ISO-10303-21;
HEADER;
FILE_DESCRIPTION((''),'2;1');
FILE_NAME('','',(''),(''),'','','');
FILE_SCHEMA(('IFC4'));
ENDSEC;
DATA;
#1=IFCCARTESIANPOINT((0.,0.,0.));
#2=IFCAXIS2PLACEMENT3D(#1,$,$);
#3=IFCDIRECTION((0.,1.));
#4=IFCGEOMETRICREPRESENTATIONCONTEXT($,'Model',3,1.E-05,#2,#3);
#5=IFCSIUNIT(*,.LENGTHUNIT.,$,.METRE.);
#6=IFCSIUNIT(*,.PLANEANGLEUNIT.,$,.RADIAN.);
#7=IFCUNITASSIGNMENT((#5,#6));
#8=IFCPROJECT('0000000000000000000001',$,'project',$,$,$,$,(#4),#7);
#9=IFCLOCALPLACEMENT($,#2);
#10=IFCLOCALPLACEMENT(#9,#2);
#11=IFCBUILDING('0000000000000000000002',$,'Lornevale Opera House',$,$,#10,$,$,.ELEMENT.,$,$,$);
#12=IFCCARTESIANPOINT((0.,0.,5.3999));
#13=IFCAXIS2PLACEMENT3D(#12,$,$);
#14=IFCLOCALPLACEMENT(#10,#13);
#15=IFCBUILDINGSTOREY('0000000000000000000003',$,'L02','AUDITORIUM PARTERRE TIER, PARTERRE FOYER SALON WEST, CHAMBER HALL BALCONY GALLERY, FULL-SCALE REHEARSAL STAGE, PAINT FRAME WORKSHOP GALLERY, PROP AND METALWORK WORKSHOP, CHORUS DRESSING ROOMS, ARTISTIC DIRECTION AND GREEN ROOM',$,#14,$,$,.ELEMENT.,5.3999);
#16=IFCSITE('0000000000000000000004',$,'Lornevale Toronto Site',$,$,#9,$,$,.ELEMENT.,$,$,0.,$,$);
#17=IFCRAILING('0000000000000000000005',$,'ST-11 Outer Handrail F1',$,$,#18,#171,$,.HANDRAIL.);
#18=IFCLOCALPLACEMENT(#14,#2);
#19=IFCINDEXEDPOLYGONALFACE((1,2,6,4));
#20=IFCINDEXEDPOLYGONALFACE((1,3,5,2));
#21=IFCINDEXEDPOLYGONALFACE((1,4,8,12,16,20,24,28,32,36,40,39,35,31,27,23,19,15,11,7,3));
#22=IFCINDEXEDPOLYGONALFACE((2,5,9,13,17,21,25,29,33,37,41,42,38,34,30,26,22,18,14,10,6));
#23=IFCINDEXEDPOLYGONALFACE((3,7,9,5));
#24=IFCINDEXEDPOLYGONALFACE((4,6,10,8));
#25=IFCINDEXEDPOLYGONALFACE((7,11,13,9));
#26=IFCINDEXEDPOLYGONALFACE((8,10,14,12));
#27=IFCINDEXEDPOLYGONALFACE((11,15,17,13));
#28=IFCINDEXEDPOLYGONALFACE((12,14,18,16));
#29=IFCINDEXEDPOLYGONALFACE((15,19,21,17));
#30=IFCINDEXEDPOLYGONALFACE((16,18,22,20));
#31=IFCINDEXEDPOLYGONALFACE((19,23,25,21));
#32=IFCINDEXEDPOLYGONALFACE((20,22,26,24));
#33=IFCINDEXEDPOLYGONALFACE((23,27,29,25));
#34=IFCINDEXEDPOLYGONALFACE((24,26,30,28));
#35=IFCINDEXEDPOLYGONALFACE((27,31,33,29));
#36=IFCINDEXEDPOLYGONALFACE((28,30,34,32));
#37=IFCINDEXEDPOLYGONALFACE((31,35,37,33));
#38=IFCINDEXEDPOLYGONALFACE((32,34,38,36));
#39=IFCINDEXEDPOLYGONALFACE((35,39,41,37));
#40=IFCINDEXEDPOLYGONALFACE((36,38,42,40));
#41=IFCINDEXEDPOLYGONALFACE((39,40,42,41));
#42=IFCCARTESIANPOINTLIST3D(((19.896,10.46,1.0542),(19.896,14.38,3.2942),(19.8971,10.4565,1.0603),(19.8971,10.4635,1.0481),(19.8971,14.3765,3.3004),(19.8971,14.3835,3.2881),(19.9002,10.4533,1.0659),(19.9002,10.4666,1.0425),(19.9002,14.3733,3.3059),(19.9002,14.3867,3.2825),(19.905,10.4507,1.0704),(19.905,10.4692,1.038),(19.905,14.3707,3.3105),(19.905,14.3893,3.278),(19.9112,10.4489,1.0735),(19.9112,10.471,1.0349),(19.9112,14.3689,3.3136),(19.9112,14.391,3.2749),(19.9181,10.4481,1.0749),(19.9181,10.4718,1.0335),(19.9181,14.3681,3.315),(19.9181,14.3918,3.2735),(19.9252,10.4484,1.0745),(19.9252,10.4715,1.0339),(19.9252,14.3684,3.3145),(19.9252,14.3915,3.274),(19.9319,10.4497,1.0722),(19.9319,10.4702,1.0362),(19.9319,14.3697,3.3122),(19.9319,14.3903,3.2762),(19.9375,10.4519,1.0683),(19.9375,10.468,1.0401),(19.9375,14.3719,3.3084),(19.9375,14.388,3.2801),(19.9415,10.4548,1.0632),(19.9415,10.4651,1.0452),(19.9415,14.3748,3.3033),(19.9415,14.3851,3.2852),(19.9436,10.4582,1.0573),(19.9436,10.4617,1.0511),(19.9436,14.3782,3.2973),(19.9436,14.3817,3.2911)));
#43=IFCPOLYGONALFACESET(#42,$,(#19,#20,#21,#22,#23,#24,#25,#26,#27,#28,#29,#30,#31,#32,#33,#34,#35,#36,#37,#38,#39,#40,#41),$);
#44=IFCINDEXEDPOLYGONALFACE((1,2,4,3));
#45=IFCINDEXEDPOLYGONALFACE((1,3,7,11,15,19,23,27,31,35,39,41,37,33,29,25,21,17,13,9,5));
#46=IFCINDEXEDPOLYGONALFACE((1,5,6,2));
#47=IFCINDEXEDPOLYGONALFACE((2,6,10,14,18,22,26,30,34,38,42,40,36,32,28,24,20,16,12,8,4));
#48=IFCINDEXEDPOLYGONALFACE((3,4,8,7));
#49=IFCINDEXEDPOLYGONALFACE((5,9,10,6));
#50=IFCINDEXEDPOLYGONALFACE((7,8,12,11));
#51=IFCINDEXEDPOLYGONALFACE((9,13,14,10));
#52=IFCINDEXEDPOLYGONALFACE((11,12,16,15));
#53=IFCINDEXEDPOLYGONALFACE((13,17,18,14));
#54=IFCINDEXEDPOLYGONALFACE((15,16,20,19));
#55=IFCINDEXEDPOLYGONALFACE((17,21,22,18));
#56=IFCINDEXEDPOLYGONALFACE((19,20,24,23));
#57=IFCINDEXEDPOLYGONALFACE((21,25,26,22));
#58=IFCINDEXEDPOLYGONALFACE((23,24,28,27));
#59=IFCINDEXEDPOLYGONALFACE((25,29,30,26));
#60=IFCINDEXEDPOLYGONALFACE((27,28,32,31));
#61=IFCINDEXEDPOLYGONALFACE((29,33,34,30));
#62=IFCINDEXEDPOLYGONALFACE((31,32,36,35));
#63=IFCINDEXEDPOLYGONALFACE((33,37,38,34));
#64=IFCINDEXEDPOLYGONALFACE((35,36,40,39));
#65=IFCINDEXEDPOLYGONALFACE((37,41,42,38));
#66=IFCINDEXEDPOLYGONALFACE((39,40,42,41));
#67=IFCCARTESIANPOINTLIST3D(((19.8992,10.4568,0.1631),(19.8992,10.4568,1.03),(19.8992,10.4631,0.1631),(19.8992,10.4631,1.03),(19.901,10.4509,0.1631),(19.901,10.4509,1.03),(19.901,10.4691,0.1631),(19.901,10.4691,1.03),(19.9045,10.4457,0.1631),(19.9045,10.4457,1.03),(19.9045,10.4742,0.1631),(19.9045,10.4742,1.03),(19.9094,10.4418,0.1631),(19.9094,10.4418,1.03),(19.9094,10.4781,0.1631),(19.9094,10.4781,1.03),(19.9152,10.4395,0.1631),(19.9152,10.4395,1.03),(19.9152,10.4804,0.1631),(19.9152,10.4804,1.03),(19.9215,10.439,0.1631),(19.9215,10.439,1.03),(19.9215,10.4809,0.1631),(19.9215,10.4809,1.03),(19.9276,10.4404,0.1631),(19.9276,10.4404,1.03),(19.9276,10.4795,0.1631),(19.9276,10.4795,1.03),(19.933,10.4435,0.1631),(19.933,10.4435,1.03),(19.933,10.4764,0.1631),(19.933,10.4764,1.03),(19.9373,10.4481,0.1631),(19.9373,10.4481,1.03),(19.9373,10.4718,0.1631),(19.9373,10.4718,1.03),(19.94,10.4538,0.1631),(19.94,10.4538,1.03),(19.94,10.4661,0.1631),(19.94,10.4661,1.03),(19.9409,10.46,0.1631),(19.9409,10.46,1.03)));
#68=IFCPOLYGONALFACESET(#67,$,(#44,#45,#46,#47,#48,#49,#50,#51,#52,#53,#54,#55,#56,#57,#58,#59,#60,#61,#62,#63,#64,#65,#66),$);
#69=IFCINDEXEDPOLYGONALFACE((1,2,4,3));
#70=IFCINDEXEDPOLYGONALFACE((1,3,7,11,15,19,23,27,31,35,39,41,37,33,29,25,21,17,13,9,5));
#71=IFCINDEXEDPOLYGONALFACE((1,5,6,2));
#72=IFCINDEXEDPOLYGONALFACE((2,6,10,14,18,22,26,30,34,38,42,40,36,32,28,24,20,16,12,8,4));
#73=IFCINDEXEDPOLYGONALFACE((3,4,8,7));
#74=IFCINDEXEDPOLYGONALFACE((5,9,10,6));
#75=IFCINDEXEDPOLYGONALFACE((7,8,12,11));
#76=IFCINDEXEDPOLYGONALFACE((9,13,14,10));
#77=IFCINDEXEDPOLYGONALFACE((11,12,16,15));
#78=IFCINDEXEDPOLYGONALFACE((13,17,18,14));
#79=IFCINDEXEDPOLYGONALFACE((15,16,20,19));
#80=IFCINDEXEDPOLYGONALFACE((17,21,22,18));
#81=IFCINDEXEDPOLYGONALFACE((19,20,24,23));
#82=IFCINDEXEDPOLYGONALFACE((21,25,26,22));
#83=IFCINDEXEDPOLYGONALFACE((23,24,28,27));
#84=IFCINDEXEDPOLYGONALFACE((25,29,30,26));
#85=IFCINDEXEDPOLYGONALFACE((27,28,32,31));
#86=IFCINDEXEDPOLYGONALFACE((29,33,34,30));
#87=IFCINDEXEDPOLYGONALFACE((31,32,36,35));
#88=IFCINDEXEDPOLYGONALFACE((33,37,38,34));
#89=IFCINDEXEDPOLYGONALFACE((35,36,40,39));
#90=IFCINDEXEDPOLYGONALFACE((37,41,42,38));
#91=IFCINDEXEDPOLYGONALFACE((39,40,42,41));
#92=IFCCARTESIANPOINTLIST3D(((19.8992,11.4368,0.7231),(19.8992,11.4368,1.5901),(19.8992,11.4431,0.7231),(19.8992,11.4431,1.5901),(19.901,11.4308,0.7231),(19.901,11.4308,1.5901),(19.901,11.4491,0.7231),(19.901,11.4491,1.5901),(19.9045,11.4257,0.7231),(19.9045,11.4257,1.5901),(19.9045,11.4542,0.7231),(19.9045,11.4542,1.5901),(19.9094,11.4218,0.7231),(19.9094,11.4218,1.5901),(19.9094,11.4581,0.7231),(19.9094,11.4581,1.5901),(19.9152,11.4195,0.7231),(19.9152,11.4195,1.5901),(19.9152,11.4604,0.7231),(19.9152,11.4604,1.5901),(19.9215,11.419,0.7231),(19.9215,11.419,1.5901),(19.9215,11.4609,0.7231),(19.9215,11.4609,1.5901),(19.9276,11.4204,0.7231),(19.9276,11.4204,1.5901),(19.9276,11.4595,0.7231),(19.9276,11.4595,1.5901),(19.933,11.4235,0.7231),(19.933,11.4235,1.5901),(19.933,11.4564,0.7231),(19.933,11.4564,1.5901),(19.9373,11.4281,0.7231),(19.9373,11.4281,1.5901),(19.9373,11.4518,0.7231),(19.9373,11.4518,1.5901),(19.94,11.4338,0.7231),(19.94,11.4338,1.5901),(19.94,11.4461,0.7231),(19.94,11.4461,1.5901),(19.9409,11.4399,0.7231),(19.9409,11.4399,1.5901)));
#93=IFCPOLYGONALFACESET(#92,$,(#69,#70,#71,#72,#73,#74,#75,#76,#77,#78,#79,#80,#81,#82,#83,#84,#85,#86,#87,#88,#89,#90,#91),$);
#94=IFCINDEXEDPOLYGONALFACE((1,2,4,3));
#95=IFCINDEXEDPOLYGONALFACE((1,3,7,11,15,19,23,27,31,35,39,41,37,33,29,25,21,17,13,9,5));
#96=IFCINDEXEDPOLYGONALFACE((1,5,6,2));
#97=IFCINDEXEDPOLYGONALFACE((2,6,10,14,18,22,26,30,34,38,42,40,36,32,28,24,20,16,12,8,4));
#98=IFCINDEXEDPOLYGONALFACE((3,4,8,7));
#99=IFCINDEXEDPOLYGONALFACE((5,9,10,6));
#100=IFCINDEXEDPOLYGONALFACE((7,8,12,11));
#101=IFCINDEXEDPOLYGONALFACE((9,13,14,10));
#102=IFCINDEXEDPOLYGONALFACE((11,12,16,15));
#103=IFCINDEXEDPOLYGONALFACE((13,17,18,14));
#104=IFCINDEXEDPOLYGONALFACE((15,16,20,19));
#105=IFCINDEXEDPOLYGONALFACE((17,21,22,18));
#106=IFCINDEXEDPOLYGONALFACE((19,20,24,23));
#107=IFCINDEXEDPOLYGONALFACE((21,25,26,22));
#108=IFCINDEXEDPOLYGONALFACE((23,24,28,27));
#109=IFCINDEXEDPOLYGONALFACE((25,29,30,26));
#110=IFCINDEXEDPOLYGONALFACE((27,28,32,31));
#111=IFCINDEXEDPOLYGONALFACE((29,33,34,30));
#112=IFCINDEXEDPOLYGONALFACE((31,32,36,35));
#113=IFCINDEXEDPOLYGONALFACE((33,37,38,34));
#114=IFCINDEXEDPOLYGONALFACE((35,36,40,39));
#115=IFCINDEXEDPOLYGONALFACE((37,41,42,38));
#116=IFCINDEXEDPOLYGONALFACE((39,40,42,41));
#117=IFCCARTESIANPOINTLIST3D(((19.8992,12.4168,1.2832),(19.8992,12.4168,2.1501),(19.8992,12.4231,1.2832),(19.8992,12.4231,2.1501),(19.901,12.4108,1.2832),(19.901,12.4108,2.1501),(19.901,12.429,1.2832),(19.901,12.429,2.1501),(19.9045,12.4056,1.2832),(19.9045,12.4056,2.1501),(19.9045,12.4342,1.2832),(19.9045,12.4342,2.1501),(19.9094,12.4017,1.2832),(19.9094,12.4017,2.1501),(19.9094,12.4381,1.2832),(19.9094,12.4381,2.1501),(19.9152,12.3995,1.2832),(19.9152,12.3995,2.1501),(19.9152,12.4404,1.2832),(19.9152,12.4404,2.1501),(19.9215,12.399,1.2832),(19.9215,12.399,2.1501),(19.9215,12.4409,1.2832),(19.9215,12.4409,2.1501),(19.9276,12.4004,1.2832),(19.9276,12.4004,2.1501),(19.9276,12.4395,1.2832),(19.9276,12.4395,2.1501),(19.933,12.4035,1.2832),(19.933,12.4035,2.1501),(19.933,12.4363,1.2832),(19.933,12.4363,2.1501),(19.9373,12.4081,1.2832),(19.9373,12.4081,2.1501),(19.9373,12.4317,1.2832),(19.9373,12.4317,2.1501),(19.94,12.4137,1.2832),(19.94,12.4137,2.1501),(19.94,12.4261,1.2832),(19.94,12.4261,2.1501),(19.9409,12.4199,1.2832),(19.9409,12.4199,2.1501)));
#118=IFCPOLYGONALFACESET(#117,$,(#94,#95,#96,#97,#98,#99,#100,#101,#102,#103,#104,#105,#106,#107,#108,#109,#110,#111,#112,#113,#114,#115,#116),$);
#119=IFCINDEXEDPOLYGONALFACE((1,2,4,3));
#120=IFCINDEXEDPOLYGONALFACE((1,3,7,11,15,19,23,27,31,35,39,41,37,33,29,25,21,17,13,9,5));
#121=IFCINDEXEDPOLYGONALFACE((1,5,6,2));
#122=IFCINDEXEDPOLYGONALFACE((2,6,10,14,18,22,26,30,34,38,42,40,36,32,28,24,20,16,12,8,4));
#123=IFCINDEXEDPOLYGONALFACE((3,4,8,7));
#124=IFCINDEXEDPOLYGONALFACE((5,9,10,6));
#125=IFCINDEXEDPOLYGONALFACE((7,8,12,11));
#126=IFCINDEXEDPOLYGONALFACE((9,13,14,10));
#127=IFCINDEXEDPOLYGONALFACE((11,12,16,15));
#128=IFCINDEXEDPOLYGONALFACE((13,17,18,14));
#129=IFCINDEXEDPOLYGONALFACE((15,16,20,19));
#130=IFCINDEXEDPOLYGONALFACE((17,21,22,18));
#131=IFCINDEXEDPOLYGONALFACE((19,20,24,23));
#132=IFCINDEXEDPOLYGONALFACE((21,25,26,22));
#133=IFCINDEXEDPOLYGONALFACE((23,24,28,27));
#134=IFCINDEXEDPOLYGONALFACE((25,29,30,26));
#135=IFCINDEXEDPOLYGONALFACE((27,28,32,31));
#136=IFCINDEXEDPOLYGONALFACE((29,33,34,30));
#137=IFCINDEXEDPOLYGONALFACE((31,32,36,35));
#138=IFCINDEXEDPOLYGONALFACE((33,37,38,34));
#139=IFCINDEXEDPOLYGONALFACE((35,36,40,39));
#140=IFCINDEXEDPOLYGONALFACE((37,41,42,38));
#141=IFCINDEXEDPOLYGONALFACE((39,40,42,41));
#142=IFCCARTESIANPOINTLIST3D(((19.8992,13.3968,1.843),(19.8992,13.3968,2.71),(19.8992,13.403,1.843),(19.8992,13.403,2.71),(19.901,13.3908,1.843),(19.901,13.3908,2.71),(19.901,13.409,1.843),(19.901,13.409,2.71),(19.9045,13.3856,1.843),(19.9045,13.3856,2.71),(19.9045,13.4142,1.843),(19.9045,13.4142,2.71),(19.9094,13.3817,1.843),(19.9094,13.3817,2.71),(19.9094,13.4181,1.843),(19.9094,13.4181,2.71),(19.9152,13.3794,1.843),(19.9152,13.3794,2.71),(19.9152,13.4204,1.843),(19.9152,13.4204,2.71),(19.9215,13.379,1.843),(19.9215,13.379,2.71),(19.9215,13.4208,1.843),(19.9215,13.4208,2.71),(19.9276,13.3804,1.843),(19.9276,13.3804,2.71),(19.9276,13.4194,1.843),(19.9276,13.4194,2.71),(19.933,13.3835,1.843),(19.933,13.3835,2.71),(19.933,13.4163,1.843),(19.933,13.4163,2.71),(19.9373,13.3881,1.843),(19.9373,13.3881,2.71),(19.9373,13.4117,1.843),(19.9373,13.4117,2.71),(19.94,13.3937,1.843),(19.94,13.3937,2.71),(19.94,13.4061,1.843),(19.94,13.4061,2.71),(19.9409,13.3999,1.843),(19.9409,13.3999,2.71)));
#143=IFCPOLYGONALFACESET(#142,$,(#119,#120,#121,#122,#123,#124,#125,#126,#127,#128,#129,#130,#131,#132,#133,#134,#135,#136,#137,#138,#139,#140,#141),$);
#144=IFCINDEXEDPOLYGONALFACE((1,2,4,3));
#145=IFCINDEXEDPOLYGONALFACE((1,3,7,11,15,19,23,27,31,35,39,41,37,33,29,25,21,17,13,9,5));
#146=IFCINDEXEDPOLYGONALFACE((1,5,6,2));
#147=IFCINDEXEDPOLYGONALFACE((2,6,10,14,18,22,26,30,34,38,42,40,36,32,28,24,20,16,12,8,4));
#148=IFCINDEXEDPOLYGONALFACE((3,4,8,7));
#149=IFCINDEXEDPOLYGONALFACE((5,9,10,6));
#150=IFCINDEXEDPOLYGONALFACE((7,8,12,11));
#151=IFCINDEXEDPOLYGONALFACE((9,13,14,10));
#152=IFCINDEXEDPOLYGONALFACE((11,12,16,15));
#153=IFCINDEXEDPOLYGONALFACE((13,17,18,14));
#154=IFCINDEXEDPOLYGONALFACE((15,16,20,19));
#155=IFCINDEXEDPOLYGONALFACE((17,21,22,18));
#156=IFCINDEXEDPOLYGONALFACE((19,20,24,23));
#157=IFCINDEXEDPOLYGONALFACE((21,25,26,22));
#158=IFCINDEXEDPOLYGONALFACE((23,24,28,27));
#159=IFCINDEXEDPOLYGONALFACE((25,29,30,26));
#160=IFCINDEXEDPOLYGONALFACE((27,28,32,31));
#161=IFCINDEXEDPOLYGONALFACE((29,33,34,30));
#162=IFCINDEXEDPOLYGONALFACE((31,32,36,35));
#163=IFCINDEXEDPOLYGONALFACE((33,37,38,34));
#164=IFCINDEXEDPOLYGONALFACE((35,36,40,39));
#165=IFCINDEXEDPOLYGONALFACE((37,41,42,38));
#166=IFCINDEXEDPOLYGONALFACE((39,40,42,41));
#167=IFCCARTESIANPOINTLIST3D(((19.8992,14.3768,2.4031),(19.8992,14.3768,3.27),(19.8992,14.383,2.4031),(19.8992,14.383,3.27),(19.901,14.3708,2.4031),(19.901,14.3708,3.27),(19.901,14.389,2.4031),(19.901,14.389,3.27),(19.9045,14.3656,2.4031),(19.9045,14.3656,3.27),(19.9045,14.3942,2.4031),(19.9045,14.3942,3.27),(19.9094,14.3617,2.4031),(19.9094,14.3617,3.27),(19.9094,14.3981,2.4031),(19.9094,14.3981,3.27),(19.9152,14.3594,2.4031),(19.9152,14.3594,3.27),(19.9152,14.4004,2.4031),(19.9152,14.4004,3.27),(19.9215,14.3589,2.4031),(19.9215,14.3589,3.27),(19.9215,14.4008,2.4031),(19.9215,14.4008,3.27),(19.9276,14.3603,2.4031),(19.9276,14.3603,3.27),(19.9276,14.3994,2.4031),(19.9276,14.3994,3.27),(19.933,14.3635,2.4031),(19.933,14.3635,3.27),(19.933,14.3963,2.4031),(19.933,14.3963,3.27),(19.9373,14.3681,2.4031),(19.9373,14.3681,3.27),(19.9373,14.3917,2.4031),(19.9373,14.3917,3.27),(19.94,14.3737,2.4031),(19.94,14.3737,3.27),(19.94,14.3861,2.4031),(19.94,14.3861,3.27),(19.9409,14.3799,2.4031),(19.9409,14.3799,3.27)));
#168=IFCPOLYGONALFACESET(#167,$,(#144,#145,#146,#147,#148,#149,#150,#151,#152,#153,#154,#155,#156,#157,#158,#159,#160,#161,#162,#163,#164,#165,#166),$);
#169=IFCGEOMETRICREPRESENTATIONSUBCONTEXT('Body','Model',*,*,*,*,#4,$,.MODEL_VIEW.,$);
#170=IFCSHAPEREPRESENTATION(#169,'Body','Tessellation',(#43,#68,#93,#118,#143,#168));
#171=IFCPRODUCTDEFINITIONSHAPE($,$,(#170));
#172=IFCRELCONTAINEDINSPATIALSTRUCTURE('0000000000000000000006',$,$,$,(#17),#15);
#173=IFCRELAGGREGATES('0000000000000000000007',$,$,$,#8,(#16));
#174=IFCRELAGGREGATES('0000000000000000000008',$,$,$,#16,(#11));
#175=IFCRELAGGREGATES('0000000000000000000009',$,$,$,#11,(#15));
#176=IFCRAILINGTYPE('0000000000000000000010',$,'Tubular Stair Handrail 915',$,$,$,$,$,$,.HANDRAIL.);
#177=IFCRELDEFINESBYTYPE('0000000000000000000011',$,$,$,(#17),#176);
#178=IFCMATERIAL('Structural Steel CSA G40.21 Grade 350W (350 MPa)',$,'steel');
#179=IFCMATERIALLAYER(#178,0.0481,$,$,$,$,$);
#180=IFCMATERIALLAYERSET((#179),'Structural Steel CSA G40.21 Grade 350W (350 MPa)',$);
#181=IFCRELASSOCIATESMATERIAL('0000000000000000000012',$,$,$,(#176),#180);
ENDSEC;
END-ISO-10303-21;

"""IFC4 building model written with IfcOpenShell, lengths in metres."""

from ifc_helpers import new_model, si_unit, direction, frame, origin, origin_2d, place, context, subcontext, project, spatial, circle, extrude, material, layer, layer_set, type_object, element, save


model = new_model("IFC4")

# Units and contexts
model_context = context("Model", 3, precision=1e-05, world=origin(), true_north=direction((0.0, 1.0)))
body_context = subcontext(model_context, "Body", "Model", "MODEL_VIEW")
ifc_project = project(units=[si_unit("LENGTHUNIT", "METRE"), si_unit("PLANEANGLEUNIT", "RADIAN")], contexts=[model_context])

# Site, building, storey
site_placement = place(None, origin())
site = spatial("IfcSite", under=ifc_project, at=site_placement, Name="Lornevale Toronto Site", CompositionType="ELEMENT", RefElevation=0.0)
building_placement = place(site_placement, origin())
building = spatial("IfcBuilding", under=site, at=building_placement, Name="Lornevale Opera House", CompositionType="ELEMENT")
storey_placement = place(building_placement, frame((0.0, 0.0, 5.3999)))
storey = spatial("IfcBuildingStorey", under=building, at=storey_placement, Name="L02", Description="AUDITORIUM PARTERRE TIER, PARTERRE FOYER SALON WEST, CHAMBER HALL BALCONY GALLERY, FULL-SCALE REHEARSAL STAGE, PAINT FRAME WORKSHOP GALLERY, PROP AND METALWORK WORKSHOP, CHORUS DRESSING ROOMS, ARTISTIC DIRECTION AND GREEN ROOM", CompositionType="ELEMENT", Elevation=5.3999)

# Shared definitions
ifc_material_1 = material(Name="Structural Steel CSA G40.21 Grade 350W (350 MPa)", Category="steel")

# Railing
ifc_layer_1 = layer(ifc_material_1, 0.0481)
ifc_layer_set_1 = layer_set([ifc_layer_1], Name="Structural Steel CSA G40.21 Grade 350W (350 MPa)")
railing_type = type_object("IfcRailingType", Name="Tubular Stair Handrail 915", PredefinedType="HANDRAIL", material=ifc_layer_set_1)
railing_placement = place(storey_placement, frame((19.9199, 10.46, 0.1631)))
element("IfcRailing", 1, at=railing_placement, inside=storey, type_object=railing_type, Name="ST-11 Outer Handrail F1", PredefinedType="HANDRAIL", context=body_context, shape_type="SweptSolid", body=[
    extrude(circle(Radius=0.0239, at=origin_2d()), frame((0.0, 0.0, 0.8911), z_axis=(0.0, 0.86824, 0.496145), x_axis=(-1.0, 0.0, 0.0)), (0.0, 0.0, 1.0), 4.5149),
    extrude(circle(Radius=0.021, at=origin_2d()), origin(), (0.0, 0.0, 1.0), 0.8669),
    extrude(circle(Radius=0.021, at=origin_2d()), frame((0.0, 0.98, 0.5601)), (0.0, 0.0, 1.0), 0.8669),
    extrude(circle(Radius=0.021, at=origin_2d()), frame((0.0, 1.96, 1.1201)), (0.0, 0.0, 1.0), 0.8669),
    extrude(circle(Radius=0.021, at=origin_2d()), frame((0.0, 2.9399, 1.6799)), (0.0, 0.0, 1.0), 0.8669),
    extrude(circle(Radius=0.021, at=origin_2d()), frame((0.0, 3.9199, 2.24)), (0.0, 0.0, 1.0), 0.8669),
])

save(model, "model.ifc")
